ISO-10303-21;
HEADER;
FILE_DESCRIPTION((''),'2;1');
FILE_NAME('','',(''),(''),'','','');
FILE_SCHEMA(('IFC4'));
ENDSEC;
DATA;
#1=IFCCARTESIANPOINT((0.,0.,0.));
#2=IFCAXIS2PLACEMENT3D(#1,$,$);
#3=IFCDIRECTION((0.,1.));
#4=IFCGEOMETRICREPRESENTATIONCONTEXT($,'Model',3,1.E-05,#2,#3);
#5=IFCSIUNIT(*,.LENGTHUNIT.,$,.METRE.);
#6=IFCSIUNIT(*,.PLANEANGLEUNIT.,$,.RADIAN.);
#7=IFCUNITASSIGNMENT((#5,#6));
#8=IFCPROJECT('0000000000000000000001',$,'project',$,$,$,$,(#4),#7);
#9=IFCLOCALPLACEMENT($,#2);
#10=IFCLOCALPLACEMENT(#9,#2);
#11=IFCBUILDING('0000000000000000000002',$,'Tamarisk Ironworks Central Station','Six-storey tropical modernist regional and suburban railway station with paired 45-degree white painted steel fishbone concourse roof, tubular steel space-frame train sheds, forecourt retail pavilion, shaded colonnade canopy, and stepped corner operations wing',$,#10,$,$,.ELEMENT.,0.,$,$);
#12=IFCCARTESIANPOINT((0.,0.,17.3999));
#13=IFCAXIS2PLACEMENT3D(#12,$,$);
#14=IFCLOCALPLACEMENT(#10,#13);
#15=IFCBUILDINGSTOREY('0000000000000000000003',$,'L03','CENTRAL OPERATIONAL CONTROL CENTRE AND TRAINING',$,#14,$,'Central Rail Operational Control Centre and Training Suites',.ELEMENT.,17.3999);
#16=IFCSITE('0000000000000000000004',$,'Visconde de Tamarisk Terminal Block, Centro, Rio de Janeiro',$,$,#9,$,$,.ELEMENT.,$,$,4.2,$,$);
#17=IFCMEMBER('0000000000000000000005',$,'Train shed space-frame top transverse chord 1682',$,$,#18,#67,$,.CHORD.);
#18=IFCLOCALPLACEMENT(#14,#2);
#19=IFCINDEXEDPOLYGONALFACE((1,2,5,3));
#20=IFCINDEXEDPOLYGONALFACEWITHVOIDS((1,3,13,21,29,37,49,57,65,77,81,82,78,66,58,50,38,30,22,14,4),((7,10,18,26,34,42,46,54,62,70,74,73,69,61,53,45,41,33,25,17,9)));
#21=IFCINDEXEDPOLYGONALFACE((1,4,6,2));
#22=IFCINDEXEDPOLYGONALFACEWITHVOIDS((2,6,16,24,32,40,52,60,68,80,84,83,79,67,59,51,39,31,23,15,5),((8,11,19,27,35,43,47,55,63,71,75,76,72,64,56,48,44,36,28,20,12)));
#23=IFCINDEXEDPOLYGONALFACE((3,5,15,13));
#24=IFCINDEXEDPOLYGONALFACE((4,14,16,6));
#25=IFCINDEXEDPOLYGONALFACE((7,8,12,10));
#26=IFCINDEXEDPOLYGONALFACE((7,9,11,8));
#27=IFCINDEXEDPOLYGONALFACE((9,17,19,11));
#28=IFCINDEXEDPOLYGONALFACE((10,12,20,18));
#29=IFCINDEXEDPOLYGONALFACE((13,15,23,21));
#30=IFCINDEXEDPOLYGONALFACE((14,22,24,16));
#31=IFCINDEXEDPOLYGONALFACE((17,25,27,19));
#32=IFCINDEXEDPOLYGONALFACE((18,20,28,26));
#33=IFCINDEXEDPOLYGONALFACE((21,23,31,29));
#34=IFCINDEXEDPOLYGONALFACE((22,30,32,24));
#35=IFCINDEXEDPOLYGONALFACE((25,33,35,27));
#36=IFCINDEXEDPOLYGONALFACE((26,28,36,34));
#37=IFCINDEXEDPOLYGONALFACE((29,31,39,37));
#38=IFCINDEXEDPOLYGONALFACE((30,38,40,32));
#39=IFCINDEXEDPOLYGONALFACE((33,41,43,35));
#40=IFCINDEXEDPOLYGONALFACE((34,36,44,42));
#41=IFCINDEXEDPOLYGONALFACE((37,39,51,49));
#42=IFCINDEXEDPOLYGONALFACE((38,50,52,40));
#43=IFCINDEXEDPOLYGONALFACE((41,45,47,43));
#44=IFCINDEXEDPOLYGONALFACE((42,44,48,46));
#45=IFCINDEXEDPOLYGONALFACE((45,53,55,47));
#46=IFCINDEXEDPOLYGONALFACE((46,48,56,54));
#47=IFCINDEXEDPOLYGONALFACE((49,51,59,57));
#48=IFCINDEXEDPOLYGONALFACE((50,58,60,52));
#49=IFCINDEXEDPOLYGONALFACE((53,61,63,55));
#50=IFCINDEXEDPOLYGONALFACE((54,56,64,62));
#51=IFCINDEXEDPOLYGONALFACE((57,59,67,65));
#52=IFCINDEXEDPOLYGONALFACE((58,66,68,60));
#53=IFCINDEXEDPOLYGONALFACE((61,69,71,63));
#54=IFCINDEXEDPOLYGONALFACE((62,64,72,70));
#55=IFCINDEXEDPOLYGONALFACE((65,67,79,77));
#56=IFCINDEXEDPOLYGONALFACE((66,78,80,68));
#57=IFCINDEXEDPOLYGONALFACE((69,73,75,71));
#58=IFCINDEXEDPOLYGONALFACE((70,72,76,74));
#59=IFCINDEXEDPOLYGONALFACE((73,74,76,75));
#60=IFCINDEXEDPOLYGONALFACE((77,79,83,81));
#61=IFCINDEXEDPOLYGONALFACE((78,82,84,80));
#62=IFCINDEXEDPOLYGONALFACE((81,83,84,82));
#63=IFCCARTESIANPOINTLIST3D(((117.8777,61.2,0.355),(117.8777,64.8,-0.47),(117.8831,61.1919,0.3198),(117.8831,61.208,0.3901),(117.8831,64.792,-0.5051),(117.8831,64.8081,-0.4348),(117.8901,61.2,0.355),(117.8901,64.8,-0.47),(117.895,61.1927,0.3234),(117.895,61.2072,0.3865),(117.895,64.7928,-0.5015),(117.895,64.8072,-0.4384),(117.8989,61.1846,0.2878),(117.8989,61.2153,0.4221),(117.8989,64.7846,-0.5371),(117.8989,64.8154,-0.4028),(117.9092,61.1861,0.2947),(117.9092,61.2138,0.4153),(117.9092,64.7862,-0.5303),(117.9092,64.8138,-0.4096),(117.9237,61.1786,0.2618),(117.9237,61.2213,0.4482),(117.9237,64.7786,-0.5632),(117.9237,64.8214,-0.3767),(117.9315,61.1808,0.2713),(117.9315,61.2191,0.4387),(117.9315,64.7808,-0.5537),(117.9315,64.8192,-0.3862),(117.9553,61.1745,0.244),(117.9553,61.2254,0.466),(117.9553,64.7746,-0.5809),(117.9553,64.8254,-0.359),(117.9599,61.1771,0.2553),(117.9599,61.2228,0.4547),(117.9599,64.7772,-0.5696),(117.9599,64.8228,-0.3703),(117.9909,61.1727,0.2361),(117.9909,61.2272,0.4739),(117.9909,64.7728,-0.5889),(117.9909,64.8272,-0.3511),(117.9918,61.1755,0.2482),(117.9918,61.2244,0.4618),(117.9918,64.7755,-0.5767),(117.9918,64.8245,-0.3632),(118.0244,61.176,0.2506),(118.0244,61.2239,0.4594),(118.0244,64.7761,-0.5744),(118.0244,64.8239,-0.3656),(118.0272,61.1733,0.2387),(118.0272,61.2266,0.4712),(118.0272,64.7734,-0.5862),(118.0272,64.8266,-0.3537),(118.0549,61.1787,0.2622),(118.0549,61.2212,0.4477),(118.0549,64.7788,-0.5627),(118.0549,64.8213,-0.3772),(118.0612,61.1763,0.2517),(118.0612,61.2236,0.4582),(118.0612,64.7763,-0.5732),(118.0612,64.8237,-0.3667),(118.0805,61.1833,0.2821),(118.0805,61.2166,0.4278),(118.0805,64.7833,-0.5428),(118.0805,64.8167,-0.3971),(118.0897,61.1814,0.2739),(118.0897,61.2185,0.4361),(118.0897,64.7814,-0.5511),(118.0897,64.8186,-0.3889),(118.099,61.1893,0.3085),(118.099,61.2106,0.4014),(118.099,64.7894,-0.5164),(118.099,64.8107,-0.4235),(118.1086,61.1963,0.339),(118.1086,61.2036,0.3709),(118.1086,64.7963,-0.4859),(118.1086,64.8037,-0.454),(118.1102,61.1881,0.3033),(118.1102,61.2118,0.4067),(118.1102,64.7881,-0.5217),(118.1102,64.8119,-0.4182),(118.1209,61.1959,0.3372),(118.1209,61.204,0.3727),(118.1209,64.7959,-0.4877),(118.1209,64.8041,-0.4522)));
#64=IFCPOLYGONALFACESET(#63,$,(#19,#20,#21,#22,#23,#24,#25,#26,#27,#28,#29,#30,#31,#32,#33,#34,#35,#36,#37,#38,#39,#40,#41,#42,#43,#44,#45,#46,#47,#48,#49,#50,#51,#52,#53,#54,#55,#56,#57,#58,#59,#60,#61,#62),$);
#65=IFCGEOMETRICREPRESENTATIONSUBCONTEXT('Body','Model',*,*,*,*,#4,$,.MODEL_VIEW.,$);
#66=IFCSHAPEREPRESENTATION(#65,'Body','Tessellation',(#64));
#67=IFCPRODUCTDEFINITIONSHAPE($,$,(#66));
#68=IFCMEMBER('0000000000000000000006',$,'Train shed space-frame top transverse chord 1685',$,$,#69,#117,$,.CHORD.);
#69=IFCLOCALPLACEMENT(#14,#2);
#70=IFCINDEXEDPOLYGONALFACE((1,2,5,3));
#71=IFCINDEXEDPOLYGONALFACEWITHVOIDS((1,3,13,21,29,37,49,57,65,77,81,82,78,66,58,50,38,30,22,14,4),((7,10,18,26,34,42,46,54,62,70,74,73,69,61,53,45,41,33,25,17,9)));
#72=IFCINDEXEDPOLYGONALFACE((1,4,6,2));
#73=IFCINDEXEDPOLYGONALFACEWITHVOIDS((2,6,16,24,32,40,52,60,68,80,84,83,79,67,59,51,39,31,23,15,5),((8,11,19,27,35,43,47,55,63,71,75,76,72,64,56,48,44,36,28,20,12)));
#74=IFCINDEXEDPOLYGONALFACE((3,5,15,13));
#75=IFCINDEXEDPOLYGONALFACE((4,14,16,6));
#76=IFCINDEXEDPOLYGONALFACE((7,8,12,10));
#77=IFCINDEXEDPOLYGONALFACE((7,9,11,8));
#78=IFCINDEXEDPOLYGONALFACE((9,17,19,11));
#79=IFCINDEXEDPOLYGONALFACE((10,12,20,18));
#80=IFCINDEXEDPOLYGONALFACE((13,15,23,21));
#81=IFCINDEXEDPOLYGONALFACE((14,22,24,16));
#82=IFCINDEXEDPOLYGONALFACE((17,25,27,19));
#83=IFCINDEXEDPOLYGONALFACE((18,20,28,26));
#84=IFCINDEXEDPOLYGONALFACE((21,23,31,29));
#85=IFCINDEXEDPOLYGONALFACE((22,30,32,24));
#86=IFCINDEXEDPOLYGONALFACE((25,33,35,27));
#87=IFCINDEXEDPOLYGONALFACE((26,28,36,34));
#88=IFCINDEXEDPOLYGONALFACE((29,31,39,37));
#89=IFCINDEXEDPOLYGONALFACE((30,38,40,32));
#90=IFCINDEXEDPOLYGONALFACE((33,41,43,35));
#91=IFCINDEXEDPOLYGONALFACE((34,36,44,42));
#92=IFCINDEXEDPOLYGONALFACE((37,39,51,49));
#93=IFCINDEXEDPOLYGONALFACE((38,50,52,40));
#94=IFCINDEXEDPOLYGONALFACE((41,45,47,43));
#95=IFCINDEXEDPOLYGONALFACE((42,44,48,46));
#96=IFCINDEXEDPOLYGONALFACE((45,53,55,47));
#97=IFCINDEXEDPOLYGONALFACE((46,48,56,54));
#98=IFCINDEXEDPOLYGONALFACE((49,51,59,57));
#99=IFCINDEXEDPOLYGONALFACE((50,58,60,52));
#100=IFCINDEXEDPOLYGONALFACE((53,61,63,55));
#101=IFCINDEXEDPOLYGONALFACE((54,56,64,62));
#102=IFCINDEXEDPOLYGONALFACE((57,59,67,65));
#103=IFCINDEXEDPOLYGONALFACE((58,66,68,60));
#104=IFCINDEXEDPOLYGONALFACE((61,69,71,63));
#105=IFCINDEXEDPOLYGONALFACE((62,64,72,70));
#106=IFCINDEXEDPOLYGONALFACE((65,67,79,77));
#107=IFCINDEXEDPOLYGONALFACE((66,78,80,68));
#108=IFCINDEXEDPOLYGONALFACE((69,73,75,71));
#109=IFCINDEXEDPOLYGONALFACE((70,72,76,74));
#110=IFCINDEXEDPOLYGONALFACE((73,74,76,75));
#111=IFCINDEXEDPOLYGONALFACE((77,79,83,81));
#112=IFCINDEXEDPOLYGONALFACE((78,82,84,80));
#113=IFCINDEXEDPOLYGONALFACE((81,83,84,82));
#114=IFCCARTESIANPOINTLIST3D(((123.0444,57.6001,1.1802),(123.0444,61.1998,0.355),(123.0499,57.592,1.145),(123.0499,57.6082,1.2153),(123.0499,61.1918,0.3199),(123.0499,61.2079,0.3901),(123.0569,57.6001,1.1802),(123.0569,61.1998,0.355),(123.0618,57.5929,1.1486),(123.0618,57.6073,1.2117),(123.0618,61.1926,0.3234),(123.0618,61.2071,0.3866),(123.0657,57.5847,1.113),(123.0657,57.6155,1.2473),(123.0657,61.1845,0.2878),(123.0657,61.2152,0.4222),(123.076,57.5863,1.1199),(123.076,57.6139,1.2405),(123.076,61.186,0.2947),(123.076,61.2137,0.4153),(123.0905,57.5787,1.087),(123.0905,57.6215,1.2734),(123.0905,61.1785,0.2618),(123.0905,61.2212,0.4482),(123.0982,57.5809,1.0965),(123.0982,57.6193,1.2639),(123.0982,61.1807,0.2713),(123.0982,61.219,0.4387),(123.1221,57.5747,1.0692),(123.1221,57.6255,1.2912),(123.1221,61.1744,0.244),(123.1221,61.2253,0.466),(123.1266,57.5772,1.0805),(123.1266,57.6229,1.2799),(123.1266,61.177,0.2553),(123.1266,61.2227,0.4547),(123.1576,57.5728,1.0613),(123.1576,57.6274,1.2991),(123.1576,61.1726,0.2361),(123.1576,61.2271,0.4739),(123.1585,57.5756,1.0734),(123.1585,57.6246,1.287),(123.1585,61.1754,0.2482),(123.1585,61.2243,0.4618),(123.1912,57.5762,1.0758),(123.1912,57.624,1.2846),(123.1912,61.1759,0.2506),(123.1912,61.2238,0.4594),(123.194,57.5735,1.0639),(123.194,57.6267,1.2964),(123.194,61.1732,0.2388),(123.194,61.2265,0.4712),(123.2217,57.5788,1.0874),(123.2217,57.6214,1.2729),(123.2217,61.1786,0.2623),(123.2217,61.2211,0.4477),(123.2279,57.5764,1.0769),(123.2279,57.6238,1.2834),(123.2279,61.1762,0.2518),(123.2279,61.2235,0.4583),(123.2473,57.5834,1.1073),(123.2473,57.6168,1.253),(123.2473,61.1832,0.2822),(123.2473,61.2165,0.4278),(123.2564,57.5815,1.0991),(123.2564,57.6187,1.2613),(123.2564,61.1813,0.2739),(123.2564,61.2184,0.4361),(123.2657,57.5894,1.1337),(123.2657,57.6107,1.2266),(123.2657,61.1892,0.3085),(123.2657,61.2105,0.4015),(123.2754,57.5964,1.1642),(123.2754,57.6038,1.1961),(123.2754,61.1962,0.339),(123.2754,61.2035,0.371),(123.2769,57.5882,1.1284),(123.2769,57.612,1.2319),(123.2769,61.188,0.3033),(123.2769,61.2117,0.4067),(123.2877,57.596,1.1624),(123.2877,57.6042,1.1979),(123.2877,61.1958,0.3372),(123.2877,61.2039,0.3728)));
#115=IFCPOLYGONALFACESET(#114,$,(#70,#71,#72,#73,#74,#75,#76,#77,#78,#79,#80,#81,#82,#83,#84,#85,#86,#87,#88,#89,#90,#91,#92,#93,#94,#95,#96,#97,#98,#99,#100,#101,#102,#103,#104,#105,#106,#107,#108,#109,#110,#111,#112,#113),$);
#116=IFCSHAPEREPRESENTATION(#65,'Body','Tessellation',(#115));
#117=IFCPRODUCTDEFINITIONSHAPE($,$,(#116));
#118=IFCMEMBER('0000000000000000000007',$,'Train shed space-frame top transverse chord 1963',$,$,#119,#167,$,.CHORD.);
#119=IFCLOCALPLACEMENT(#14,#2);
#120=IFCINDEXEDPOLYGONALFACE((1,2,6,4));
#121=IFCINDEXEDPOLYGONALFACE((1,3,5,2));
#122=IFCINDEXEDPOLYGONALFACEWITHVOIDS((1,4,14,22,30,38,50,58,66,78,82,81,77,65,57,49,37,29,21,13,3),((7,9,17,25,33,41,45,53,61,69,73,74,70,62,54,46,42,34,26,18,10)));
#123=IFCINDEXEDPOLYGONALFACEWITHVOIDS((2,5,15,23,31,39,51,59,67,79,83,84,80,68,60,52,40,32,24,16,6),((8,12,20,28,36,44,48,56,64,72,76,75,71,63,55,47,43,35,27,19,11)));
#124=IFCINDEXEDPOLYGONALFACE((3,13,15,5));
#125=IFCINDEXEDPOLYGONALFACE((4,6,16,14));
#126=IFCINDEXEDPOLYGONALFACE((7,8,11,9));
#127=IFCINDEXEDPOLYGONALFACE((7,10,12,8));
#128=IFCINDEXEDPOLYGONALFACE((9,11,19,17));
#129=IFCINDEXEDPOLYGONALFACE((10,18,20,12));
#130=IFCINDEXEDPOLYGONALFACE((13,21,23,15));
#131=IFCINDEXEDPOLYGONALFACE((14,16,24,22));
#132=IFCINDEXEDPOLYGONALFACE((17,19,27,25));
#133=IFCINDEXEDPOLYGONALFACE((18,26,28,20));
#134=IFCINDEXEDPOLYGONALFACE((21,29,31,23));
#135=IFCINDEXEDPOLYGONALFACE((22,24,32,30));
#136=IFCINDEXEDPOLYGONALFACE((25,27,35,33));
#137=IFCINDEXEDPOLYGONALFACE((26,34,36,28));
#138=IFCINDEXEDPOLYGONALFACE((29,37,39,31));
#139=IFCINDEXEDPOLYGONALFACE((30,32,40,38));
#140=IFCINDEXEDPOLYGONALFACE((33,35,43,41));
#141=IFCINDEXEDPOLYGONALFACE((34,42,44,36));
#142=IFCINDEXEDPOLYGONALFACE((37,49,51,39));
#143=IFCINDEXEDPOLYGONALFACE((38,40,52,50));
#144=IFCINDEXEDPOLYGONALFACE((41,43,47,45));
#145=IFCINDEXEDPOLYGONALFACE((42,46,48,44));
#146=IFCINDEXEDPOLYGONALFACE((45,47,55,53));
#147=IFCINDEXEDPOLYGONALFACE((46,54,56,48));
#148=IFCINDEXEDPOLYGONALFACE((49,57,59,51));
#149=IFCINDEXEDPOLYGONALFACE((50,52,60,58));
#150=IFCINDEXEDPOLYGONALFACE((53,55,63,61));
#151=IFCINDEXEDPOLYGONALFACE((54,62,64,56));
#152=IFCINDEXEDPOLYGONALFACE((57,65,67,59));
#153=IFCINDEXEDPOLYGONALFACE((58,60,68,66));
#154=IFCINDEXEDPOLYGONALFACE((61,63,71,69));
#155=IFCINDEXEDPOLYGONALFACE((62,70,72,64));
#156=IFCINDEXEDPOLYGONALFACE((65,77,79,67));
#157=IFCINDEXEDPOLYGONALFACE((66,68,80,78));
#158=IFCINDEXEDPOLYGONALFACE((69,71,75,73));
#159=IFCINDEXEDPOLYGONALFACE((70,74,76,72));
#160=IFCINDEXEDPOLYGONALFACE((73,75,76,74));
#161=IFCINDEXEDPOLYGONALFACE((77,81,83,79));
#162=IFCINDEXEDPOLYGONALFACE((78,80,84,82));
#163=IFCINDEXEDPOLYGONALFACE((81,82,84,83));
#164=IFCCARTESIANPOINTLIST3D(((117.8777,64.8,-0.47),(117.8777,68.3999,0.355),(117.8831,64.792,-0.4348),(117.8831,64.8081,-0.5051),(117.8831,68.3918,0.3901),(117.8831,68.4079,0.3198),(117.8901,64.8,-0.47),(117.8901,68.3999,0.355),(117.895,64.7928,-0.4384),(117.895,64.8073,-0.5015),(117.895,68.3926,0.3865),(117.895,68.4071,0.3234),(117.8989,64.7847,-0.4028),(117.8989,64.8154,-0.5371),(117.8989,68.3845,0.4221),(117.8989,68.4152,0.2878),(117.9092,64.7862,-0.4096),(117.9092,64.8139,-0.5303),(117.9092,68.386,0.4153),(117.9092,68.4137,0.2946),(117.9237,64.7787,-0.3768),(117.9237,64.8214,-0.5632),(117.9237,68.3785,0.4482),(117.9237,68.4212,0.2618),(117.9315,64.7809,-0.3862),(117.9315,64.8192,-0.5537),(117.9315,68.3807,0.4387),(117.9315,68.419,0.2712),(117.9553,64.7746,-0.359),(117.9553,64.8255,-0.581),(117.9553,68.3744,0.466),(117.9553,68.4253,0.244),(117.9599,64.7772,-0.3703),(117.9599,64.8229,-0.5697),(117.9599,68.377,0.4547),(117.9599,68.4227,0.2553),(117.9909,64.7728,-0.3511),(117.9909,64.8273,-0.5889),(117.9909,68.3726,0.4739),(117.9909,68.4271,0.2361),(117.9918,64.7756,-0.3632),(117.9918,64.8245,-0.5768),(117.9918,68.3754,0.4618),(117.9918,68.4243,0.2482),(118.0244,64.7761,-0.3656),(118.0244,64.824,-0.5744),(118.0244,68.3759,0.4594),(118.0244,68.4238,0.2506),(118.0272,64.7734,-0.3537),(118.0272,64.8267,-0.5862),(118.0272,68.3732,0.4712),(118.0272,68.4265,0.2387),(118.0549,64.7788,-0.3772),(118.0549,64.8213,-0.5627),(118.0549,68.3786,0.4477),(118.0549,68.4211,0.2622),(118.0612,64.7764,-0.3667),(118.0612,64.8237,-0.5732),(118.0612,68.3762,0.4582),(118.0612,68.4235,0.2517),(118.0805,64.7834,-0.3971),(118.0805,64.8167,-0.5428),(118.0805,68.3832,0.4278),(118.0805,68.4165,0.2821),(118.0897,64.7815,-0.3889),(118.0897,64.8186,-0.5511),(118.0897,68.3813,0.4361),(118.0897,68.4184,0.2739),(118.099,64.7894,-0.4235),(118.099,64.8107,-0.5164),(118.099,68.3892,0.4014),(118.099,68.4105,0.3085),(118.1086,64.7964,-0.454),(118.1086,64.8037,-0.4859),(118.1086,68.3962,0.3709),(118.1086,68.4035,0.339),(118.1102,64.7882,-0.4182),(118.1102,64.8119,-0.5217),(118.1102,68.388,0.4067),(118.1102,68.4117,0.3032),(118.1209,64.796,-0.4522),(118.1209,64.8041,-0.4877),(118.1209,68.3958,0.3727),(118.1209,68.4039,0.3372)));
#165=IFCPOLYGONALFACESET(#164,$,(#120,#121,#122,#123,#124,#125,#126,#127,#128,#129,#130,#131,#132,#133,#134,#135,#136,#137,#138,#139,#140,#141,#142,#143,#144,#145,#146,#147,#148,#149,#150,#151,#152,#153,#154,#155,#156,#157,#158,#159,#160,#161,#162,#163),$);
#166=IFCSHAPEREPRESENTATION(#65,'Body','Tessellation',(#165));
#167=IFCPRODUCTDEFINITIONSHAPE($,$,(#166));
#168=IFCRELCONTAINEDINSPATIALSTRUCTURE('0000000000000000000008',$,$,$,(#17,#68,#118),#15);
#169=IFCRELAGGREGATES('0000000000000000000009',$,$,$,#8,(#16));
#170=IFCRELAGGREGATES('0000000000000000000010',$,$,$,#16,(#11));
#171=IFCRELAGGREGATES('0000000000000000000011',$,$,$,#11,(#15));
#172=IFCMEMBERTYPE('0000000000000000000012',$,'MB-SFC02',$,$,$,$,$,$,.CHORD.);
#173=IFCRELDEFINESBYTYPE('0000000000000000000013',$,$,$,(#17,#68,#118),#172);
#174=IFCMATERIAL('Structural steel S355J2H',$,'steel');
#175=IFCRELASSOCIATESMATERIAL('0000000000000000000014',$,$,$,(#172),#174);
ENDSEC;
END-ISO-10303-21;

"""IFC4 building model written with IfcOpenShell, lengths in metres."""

from ifc_helpers import new_model, si_unit, direction, frame, origin, origin_2d, place, context, subcontext, project, spatial, hollow_circle, extrude, material, material_profile, profile_set, type_object, element, save


model = new_model("IFC4")

# Units and contexts
model_context = context("Model", 3, precision=1e-05, world=origin(), true_north=direction((0.0, 1.0)))
body_context = subcontext(model_context, "Body", "Model", "MODEL_VIEW")
ifc_project = project(units=[si_unit("LENGTHUNIT", "METRE"), si_unit("PLANEANGLEUNIT", "RADIAN")], contexts=[model_context])

# Site, building, storey
site_placement = place(None, origin())
site = spatial("IfcSite", under=ifc_project, at=site_placement, Name="Visconde de Tamarisk Terminal Block, Centro, Rio de Janeiro", CompositionType="ELEMENT", RefElevation=4.2)
building_placement = place(site_placement, origin())
building = spatial("IfcBuilding", under=site, at=building_placement, Name="Tamarisk Ironworks Central Station", Description="Six-storey tropical modernist regional and suburban railway station with paired 45-degree white painted steel fishbone concourse roof, tubular steel space-frame train sheds, forecourt retail pavilion, shaded colonnade canopy, and stepped corner operations wing", CompositionType="ELEMENT", ElevationOfRefHeight=0.0)
storey_placement = place(building_placement, frame((0.0, 0.0, 17.3999)))
storey = spatial("IfcBuildingStorey", under=building, at=storey_placement, Name="L03", Description="CENTRAL OPERATIONAL CONTROL CENTRE AND TRAINING", LongName="Central Rail Operational Control Centre and Training Suites", CompositionType="ELEMENT", Elevation=17.3999)

# Members
ifc_material_1 = material(Name="Structural steel S355J2H", Category="steel")
ifc_material_profile_1 = material_profile(ifc_material_1, hollow_circle(Radius=0.1223, WallThickness=0.0125, at=origin_2d()), Name="CHS 244.5x12.5")
ifc_profile_set_1 = profile_set([ifc_material_profile_1], Name="Structural steel S355J2H")
member_type_1 = type_object("IfcMemberType", Name="MB-SFC02", PredefinedType="CHORD", material=ifc_profile_set_1)
member_1_placement = place(storey_placement, frame((118.0, 61.2, 0.355), z_axis=(0.0, 0.974737, -0.223358), x_axis=(-1.0, 0.0, 0.0)))
element("IfcMember", 1, at=member_1_placement, inside=storey, type_object=member_type_1, Name="Train shed space-frame top transverse chord 1682", PredefinedType="CHORD", context=body_context, shape_type="SweptSolid", body=[
    extrude(hollow_circle(Radius=0.1223, WallThickness=0.0125, at=origin_2d()), origin(), (0.0, 0.0, 1.0), 3.6934),
])
for number, where, z_axis, x_axis, name in (
    (2, (123.1667, 57.6001, 1.1802), (0.0, 0.974719, -0.223435), (-1.0, 0.0, 0.0), "Train shed space-frame top transverse chord 1685"),
    (3, (118.0, 64.8, -0.47), (0.0, 0.974733, 0.223372), (-1.0, 0.0, 0.0), "Train shed space-frame top transverse chord 1963"),
):
    element("IfcMember", number, at=place(storey_placement, frame(where, z_axis=z_axis, x_axis=x_axis)), inside=storey, type_object=member_type_1, Name=name, PredefinedType="CHORD", context=body_context, shape_type="SweptSolid", body=[
        extrude(hollow_circle(Radius=0.1223, WallThickness=0.0125, at=origin_2d()), origin(), (0.0, 0.0, 1.0), 3.6931),
    ])

save(model, "model.ifc")
